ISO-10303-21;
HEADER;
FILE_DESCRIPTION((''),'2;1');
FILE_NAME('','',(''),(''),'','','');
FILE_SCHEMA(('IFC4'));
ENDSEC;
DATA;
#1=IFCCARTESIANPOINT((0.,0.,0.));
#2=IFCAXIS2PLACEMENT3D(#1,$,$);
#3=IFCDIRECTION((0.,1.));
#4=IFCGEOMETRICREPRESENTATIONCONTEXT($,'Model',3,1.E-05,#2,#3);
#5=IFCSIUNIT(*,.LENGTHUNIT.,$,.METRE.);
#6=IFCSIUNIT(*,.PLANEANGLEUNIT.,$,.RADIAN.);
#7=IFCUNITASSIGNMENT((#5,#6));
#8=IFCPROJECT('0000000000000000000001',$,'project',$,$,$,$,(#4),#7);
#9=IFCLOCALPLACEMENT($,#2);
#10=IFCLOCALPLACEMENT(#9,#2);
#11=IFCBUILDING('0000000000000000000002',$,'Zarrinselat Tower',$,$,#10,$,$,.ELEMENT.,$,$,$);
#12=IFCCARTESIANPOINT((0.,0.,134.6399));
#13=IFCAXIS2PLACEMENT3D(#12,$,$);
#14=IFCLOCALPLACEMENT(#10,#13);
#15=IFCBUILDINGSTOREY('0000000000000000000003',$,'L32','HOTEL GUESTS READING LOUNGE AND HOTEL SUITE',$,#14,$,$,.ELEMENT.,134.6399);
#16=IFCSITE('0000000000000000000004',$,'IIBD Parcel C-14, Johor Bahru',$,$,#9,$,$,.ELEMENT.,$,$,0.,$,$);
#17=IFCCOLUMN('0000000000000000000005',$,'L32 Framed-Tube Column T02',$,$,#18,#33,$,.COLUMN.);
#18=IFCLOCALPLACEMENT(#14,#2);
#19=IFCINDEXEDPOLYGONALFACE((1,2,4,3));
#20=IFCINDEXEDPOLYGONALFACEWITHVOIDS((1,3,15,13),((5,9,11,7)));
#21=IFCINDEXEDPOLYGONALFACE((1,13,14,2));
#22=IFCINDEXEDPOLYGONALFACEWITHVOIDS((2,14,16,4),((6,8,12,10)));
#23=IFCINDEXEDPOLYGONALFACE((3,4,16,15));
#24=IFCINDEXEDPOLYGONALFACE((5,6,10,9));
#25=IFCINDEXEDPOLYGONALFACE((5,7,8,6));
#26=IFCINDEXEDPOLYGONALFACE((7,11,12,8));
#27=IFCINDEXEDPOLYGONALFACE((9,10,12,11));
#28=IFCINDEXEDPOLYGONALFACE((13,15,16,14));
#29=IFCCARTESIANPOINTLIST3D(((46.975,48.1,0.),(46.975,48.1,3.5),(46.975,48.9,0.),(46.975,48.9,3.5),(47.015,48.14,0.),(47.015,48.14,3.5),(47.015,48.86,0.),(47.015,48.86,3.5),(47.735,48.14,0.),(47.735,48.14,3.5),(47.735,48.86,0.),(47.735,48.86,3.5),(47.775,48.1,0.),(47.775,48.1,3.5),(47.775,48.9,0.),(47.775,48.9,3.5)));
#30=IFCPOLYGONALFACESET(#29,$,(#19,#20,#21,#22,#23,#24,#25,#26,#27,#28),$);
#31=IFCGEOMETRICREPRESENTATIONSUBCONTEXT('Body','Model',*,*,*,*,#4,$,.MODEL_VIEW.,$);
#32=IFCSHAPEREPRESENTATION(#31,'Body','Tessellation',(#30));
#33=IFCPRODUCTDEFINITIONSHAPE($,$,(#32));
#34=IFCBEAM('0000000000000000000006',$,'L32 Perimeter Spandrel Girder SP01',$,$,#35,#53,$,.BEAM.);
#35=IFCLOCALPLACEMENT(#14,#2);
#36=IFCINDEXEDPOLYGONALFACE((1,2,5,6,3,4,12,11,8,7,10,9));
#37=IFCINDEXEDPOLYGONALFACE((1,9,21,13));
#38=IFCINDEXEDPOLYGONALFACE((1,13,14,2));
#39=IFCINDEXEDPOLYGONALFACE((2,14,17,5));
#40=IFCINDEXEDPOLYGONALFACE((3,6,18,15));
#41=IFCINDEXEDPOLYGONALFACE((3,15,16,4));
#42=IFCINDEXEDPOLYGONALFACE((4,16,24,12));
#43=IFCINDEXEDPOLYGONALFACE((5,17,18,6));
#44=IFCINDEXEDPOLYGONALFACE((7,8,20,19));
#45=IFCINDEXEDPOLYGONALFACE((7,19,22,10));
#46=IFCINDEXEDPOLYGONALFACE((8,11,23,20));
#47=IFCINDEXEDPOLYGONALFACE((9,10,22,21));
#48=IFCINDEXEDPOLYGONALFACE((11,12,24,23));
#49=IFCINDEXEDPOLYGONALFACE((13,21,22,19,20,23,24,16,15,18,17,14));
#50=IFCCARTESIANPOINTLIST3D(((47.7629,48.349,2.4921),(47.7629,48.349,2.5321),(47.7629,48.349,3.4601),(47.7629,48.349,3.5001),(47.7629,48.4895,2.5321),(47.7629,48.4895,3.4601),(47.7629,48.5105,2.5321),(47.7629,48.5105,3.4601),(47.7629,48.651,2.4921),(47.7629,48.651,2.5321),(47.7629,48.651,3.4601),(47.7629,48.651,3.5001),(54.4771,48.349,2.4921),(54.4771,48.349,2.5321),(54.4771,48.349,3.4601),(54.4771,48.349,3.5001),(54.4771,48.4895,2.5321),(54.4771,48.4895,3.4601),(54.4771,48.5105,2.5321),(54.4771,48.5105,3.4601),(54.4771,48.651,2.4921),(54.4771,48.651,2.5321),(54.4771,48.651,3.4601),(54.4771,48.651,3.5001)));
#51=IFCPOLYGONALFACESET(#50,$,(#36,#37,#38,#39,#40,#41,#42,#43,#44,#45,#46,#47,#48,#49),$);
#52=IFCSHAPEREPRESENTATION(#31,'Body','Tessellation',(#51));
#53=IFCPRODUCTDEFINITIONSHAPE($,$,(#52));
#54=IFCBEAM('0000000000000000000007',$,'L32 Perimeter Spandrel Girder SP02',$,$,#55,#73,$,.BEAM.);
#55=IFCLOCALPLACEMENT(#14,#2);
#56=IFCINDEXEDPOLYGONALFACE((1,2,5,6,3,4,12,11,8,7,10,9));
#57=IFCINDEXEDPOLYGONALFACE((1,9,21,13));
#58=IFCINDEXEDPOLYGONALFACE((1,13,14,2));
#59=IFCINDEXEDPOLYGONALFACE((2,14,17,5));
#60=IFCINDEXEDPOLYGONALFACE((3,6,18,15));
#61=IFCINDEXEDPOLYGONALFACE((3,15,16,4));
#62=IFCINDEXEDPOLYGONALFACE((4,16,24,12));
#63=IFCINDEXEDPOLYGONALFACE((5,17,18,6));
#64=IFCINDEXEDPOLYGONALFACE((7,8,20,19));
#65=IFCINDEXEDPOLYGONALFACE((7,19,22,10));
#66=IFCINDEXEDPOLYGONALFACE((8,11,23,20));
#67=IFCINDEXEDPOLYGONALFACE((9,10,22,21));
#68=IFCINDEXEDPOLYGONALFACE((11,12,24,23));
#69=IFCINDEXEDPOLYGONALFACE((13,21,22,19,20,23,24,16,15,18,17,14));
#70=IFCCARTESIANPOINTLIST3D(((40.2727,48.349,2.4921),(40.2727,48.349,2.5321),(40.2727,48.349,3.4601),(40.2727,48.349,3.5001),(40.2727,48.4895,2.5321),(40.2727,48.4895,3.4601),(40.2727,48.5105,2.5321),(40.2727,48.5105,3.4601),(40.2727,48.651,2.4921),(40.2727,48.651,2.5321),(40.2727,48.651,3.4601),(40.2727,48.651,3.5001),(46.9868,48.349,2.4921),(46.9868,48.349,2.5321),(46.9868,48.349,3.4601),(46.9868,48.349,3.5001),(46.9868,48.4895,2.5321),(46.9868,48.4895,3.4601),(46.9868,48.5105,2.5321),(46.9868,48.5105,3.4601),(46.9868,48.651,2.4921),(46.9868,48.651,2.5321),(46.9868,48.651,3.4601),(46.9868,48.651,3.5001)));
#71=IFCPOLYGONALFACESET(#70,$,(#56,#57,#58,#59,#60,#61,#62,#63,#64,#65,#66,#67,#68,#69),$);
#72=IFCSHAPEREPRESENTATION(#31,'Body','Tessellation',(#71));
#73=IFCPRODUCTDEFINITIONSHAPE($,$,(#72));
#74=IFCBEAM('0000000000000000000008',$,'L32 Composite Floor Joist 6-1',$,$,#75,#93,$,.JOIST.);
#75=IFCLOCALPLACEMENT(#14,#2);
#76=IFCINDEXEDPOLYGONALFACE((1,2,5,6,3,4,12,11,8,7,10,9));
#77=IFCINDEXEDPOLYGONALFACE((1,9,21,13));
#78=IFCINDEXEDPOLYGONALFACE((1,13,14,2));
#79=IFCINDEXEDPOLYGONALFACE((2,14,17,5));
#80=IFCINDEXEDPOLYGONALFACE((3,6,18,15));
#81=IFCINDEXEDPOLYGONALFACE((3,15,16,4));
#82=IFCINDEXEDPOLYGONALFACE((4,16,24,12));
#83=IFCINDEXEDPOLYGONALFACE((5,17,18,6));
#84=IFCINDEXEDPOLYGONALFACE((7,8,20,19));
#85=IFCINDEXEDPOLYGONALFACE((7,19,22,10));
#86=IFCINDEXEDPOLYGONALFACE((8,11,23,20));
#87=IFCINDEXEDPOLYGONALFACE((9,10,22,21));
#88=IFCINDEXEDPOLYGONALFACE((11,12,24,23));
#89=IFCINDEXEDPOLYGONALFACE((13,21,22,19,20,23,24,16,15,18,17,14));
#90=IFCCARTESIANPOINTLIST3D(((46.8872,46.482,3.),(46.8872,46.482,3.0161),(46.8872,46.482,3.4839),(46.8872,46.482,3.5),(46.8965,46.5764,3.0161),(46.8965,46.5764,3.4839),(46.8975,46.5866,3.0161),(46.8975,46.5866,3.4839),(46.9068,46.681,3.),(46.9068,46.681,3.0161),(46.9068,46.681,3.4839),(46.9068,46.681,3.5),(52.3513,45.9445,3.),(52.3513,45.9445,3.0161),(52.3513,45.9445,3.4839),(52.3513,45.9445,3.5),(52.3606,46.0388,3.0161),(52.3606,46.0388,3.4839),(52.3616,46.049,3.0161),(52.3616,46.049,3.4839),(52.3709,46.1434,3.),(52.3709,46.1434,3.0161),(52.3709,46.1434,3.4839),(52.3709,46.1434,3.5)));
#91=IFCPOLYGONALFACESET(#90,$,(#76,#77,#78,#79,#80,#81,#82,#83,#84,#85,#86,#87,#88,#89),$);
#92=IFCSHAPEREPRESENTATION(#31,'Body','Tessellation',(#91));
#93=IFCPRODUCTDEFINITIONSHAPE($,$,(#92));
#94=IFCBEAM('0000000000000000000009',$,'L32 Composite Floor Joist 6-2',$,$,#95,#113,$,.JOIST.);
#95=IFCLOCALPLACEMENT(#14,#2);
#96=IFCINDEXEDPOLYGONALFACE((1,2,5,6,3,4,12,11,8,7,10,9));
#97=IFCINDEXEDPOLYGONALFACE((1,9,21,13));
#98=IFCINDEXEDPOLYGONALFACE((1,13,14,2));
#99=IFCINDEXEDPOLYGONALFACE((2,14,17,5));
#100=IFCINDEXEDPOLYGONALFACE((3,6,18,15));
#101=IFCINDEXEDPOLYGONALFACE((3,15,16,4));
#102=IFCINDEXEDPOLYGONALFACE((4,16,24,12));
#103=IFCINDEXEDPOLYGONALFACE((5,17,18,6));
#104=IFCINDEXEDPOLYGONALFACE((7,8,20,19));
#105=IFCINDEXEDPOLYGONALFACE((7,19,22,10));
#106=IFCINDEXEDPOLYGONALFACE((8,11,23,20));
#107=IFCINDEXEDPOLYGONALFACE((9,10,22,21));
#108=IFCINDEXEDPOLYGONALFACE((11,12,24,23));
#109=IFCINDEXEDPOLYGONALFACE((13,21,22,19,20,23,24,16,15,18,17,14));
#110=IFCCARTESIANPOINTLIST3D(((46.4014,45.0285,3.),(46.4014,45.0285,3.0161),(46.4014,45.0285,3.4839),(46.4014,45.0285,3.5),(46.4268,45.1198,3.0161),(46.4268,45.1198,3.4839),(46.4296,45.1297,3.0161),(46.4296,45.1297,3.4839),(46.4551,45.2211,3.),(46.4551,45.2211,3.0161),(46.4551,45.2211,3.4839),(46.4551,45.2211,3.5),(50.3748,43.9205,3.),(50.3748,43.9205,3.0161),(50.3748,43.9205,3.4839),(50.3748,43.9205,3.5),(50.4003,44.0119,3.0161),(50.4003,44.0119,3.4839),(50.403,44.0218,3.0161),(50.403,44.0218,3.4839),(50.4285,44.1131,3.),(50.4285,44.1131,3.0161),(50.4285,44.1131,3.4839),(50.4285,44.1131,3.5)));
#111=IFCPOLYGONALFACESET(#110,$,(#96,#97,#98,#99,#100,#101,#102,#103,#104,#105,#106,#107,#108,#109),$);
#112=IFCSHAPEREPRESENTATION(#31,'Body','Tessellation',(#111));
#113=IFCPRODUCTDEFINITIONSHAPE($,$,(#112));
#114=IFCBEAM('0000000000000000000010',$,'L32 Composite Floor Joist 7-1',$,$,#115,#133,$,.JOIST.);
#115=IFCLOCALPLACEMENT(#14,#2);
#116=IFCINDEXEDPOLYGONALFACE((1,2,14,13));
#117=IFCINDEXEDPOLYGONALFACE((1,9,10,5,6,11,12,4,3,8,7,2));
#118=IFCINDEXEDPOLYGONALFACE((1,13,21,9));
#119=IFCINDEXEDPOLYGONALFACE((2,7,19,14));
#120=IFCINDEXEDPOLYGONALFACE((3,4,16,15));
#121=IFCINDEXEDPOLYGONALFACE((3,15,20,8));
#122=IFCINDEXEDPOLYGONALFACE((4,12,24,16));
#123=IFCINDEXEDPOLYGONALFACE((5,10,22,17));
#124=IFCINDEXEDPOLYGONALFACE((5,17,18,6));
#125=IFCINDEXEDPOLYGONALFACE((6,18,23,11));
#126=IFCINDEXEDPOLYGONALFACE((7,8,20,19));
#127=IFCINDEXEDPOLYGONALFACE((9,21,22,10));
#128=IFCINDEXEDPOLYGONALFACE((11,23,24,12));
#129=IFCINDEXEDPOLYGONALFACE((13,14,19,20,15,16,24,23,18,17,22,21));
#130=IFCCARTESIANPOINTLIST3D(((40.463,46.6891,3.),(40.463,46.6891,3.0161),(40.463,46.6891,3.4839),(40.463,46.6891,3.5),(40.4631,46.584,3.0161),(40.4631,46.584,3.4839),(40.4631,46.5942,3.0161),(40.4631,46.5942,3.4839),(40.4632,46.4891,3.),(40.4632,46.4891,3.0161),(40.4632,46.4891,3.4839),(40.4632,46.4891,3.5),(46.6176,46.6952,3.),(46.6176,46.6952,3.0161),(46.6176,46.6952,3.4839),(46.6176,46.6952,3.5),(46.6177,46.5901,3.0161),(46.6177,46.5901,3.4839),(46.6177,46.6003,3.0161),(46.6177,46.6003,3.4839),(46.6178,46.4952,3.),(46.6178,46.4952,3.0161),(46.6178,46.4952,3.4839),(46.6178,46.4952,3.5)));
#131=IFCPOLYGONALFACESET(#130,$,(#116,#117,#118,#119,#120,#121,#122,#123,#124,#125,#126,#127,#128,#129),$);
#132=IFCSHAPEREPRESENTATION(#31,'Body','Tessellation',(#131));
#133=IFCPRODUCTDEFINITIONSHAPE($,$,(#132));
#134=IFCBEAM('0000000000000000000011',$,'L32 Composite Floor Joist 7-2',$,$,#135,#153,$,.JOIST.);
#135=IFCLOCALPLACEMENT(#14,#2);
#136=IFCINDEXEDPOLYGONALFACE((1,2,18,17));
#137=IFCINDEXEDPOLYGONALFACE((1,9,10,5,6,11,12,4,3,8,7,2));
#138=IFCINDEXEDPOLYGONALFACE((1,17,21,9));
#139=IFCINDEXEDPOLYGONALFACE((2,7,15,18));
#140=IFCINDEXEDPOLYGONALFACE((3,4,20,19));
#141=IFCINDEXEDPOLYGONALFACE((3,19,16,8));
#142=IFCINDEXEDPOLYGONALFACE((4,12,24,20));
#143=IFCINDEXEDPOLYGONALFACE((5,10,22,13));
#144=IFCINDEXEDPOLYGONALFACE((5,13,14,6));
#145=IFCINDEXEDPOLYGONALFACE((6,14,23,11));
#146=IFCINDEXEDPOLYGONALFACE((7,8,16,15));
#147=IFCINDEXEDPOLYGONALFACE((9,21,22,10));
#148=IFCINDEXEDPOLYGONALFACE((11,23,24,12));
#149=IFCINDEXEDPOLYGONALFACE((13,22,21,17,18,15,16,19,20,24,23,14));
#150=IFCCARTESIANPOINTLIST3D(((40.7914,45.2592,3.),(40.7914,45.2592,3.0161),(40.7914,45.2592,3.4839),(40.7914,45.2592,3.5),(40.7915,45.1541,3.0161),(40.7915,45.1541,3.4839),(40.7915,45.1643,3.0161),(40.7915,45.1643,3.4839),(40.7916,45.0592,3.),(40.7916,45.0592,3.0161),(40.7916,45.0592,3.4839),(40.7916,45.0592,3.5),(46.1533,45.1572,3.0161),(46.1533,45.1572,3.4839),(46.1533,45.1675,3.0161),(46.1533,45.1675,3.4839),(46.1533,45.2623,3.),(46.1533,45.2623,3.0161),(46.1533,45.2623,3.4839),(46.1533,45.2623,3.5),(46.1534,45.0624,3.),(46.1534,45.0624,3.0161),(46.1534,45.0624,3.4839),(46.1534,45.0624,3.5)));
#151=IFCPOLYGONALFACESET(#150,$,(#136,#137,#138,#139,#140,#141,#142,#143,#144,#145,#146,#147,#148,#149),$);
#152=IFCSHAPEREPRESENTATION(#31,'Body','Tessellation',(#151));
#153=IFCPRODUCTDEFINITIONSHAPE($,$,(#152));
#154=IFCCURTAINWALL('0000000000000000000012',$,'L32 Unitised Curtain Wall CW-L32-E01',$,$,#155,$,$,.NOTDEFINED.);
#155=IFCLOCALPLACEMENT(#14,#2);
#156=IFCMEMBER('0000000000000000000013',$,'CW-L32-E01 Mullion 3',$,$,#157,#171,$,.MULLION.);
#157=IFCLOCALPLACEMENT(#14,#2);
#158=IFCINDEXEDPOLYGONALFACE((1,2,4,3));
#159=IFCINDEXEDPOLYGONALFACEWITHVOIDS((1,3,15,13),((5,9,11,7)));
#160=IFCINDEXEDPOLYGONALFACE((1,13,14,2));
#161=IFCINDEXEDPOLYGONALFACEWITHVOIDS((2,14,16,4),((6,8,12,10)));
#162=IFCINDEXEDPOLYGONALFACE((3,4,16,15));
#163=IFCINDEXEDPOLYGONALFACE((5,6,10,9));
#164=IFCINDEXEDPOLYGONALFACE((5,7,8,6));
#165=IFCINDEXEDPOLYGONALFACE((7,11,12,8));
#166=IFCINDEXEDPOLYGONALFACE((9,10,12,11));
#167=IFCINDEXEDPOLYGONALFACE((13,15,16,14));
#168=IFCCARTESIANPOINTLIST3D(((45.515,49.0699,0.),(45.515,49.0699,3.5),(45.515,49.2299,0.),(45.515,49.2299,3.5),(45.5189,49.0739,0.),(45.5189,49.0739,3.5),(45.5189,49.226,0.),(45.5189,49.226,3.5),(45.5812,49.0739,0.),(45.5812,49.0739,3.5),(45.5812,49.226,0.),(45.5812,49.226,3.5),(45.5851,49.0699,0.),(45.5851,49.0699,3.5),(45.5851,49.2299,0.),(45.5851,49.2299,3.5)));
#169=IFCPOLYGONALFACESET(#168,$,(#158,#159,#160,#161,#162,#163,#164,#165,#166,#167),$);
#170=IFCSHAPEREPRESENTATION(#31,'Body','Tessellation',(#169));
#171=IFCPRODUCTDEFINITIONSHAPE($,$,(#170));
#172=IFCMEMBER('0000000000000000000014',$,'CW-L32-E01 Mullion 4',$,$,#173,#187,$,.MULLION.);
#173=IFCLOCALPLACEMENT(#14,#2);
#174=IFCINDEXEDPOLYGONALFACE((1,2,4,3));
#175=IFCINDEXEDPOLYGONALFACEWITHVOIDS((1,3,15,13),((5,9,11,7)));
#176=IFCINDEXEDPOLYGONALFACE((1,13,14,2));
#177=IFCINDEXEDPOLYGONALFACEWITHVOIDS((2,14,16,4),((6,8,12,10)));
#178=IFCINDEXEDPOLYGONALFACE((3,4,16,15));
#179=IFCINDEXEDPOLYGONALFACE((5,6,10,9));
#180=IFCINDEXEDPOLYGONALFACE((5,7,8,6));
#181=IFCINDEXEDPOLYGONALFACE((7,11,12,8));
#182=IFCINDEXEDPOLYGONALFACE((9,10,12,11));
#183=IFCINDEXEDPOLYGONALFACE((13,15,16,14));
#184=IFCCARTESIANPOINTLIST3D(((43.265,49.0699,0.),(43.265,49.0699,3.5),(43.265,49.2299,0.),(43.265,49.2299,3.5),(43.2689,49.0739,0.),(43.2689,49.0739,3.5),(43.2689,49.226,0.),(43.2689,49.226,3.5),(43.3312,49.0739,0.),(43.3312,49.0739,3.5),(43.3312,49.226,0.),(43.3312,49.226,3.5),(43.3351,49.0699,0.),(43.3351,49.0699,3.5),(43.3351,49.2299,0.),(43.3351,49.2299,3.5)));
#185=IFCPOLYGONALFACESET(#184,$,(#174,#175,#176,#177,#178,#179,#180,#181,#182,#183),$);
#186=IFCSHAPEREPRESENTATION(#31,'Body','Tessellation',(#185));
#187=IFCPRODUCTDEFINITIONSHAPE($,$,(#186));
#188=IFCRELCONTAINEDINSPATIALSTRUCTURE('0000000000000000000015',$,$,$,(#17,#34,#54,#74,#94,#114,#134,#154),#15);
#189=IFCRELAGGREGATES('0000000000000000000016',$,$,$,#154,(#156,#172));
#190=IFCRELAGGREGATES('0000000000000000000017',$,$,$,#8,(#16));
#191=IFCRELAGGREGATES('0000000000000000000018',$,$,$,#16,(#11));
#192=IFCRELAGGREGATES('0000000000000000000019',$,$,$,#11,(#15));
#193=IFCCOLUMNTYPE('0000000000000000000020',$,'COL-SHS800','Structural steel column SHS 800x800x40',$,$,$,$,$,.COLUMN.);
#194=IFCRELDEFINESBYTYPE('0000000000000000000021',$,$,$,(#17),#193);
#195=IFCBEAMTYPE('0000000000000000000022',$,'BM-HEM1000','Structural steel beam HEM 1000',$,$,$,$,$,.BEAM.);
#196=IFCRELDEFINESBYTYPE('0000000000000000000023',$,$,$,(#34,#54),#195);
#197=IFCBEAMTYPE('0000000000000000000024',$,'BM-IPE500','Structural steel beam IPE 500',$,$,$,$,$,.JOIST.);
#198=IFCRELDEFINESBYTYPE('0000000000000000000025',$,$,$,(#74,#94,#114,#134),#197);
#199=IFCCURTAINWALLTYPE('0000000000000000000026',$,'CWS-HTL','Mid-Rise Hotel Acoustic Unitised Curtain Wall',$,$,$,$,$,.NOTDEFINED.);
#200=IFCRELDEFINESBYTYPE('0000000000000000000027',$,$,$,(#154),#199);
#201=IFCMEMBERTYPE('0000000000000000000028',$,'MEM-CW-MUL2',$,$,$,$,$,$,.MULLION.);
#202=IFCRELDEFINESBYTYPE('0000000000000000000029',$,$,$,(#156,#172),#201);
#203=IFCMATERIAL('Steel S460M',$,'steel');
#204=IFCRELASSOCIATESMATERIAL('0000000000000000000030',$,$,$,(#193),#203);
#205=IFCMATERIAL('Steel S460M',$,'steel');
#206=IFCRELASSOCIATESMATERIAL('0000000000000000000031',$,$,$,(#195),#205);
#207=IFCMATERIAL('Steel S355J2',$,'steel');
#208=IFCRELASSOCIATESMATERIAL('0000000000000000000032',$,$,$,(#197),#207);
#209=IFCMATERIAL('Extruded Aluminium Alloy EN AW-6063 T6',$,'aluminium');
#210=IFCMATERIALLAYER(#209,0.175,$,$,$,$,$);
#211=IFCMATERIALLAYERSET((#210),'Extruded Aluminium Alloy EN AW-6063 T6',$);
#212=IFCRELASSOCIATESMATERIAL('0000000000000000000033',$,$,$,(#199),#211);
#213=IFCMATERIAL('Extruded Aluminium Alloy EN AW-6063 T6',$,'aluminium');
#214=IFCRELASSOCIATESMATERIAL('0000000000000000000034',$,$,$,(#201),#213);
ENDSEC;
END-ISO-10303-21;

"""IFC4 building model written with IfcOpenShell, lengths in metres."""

from ifc_helpers import new_model, si_unit, direction, frame, origin, origin_2d, place, context, subcontext, project, spatial, hollow_rectangle, i_section, extrude, material, layer, layer_set, material_profile, profile_set, type_object, element, aggregate, save


model = new_model("IFC4")

# Units and contexts
model_context = context("Model", 3, precision=1e-05, world=origin(), true_north=direction((0.0, 1.0)))
body_context = subcontext(model_context, "Body", "Model", "MODEL_VIEW")
ifc_project = project(units=[si_unit("LENGTHUNIT", "METRE"), si_unit("PLANEANGLEUNIT", "RADIAN")], contexts=[model_context])

# Site, building, storey
site_placement = place(None, origin())
site = spatial("IfcSite", under=ifc_project, at=site_placement, Name="IIBD Parcel C-14, Johor Bahru", CompositionType="ELEMENT", RefElevation=0.0)
building_placement = place(site_placement, origin())
building = spatial("IfcBuilding", under=site, at=building_placement, Name="Zarrinselat Tower", CompositionType="ELEMENT")
storey_placement = place(building_placement, frame((0.0, 0.0, 134.6399)))
storey = spatial("IfcBuildingStorey", under=building, at=storey_placement, Name="L32", Description="HOTEL GUESTS READING LOUNGE AND HOTEL SUITE", CompositionType="ELEMENT", Elevation=134.6399)

# Column
ifc_material_1 = material(Name="Steel S460M", Category="steel")
ifc_material_profile_1 = material_profile(ifc_material_1, hollow_rectangle(XDim=0.8, YDim=0.8, WallThickness=0.04, at=origin_2d()), Name="SHS 800x800x40")
ifc_profile_set_1 = profile_set([ifc_material_profile_1], Name="Steel S460M")
column_type = type_object("IfcColumnType", Name="COL-SHS800", Description="Structural steel column SHS 800x800x40", PredefinedType="COLUMN", material=ifc_profile_set_1)
column_placement = place(storey_placement, frame((47.375, 48.5, 0.0), z_axis=(0.0, 0.0, 1.0), x_axis=(1.0, 0.0, 0.0)))
element("IfcColumn", 1, at=column_placement, inside=storey, type_object=column_type, Name="L32 Framed-Tube Column T02", PredefinedType="COLUMN", context=body_context, shape_type="SweptSolid", body=[
    extrude(hollow_rectangle(XDim=0.8, YDim=0.8, WallThickness=0.04, at=origin_2d()), origin(), (0.0, 0.0, 1.0), 3.5),
])

# Beams
ifc_material_2 = material(Name="Steel S460M", Category="steel")
ifc_material_profile_2 = material_profile(ifc_material_2, i_section(OverallWidth=0.302, OverallDepth=1.0081, WebThickness=0.021, FlangeThickness=0.04, at=origin_2d()), Name="HEM 1000")
ifc_profile_set_2 = profile_set([ifc_material_profile_2], Name="Steel S460M")
beam_type_1 = type_object("IfcBeamType", Name="BM-HEM1000", Description="Structural steel beam HEM 1000", PredefinedType="BEAM", material=ifc_profile_set_2)
for number, where, z_axis, x_axis, name in (
    (2, (47.7629, 48.5, 2.9961), (1.0, 0.0, 0.0), (0.0, 1.0, 0.0), "L32 Perimeter Spandrel Girder SP01"),
    (3, (40.2727, 48.5, 2.9961), (1.0, 0.0, 0.0), (0.0, 1.0, 0.0), "L32 Perimeter Spandrel Girder SP02"),
):
    element("IfcBeam", number, at=place(storey_placement, frame(where, z_axis=z_axis, x_axis=x_axis)), inside=storey, type_object=beam_type_1, Name=name, PredefinedType="BEAM", context=body_context, shape_type="SweptSolid", body=[
        extrude(i_section(OverallWidth=0.302, OverallDepth=1.0081, WebThickness=0.021, FlangeThickness=0.04, at=origin_2d()), origin(), (0.0, 0.0, 1.0), 6.7141),
    ])
ifc_material_3 = material(Name="Steel S355J2", Category="steel")
ifc_material_profile_3 = material_profile(ifc_material_3, i_section(OverallWidth=0.2, OverallDepth=0.5, WebThickness=0.0103, FlangeThickness=0.0161, at=origin_2d()), Name="IPE 500")
ifc_profile_set_3 = profile_set([ifc_material_profile_3], Name="Steel S355J2")
beam_type_2 = type_object("IfcBeamType", Name="BM-IPE500", Description="Structural steel beam IPE 500", PredefinedType="JOIST", material=ifc_profile_set_3)
beam_1_placement = place(storey_placement, frame((46.897, 46.5815, 3.25), z_axis=(0.995195, -0.097914, 0.0), x_axis=(0.097914, 0.995195, 0.0)))
element("IfcBeam", 4, at=beam_1_placement, inside=storey, type_object=beam_type_2, Name="L32 Composite Floor Joist 6-1", PredefinedType="JOIST", context=body_context, shape_type="SweptSolid", body=[
    extrude(i_section(OverallWidth=0.2, OverallDepth=0.5, WebThickness=0.0103, FlangeThickness=0.0161, at=origin_2d()), origin(), (0.0, 0.0, 1.0), 5.4905),
])
beam_2_placement = place(storey_placement, frame((46.4282, 45.1248, 3.25), z_axis=(0.963255, -0.268587, 0.0), x_axis=(0.268587, 0.963255, 0.0)))
element("IfcBeam", 5, at=beam_2_placement, inside=storey, type_object=beam_type_2, Name="L32 Composite Floor Joist 6-2", PredefinedType="JOIST", context=body_context, shape_type="SweptSolid", body=[
    extrude(i_section(OverallWidth=0.2, OverallDepth=0.5, WebThickness=0.0103, FlangeThickness=0.0161, at=origin_2d()), origin(), (0.0, 0.0, 1.0), 4.125),
])
beam_3_placement = place(storey_placement, frame((40.4631, 46.5891, 3.25), z_axis=(1.0, 0.000992, 0.0), x_axis=(-0.000992, 1.0, 0.0)))
element("IfcBeam", 6, at=beam_3_placement, inside=storey, type_object=beam_type_2, Name="L32 Composite Floor Joist 7-1", PredefinedType="JOIST", context=body_context, shape_type="SweptSolid", body=[
    extrude(i_section(OverallWidth=0.2, OverallDepth=0.5, WebThickness=0.0103, FlangeThickness=0.0161, at=origin_2d()), origin(), (0.0, 0.0, 1.0), 6.1545),
])
beam_4_placement = place(storey_placement, frame((40.7915, 45.1592, 3.25), z_axis=(1.0, 0.000592, 0.0), x_axis=(-0.000592, 1.0, 0.0)))
element("IfcBeam", 7, at=beam_4_placement, inside=storey, type_object=beam_type_2, Name="L32 Composite Floor Joist 7-2", PredefinedType="JOIST", context=body_context, shape_type="SweptSolid", body=[
    extrude(i_section(OverallWidth=0.2, OverallDepth=0.5, WebThickness=0.0103, FlangeThickness=0.0161, at=origin_2d()), origin(), (0.0, 0.0, 1.0), 5.3618),
])

# Curtain wall, members
ifc_material_4 = material(Name="Extruded Aluminium Alloy EN AW-6063 T6", Category="aluminium")
ifc_layer_1 = layer(ifc_material_4, 0.175)
ifc_layer_set_1 = layer_set([ifc_layer_1], Name="Extruded Aluminium Alloy EN AW-6063 T6")
curtain_wall_type = type_object("IfcCurtainWallType", Name="CWS-HTL", Description="Mid-Rise Hotel Acoustic Unitised Curtain Wall", PredefinedType="NOTDEFINED", material=ifc_layer_set_1)
curtain_wall_placement = place(storey_placement, origin())
curtain_wall = element("IfcCurtainWall", 8, at=curtain_wall_placement, inside=storey, type_object=curtain_wall_type, Name="L32 Unitised Curtain Wall CW-L32-E01", PredefinedType="NOTDEFINED")
ifc_material_5 = material(Name="Extruded Aluminium Alloy EN AW-6063 T6", Category="aluminium")
ifc_material_profile_4 = material_profile(ifc_material_5, hollow_rectangle(XDim=0.0701, YDim=0.1599, WallThickness=0.0039, at=origin_2d()), Name="RHS 160x70x4")
ifc_profile_set_4 = profile_set([ifc_material_profile_4], Name="Extruded Aluminium Alloy EN AW-6063 T6")
member_type_1 = type_object("IfcMemberType", Name="MEM-CW-MUL2", PredefinedType="MULLION", material=ifc_profile_set_4)
member_1_placement = place(storey_placement, frame((45.55, 49.1499, 0.0), z_axis=(0.0, 0.0, 1.0), x_axis=(-1.0, 0.0, 0.0)))
member_1 = element("IfcMember", 9, at=member_1_placement, type_object=member_type_1, Name="CW-L32-E01 Mullion 3", PredefinedType="MULLION", context=body_context, shape_type="SweptSolid", body=[
    extrude(hollow_rectangle(XDim=0.0701, YDim=0.1599, WallThickness=0.0039, at=origin_2d()), origin(), (0.0, 0.0, 1.0), 3.5),
])
member_2_placement = place(storey_placement, frame((43.3, 49.1499, 0.0), z_axis=(0.0, 0.0, 1.0), x_axis=(-1.0, 0.0, 0.0)))
member_2 = element("IfcMember", 10, at=member_2_placement, type_object=member_type_1, Name="CW-L32-E01 Mullion 4", PredefinedType="MULLION", context=body_context, shape_type="SweptSolid", body=[
    extrude(hollow_rectangle(XDim=0.0701, YDim=0.1599, WallThickness=0.0039, at=origin_2d()), origin(), (0.0, 0.0, 1.0), 3.5),
])
aggregate(curtain_wall, [member_1, member_2])

save(model, "model.ifc")
